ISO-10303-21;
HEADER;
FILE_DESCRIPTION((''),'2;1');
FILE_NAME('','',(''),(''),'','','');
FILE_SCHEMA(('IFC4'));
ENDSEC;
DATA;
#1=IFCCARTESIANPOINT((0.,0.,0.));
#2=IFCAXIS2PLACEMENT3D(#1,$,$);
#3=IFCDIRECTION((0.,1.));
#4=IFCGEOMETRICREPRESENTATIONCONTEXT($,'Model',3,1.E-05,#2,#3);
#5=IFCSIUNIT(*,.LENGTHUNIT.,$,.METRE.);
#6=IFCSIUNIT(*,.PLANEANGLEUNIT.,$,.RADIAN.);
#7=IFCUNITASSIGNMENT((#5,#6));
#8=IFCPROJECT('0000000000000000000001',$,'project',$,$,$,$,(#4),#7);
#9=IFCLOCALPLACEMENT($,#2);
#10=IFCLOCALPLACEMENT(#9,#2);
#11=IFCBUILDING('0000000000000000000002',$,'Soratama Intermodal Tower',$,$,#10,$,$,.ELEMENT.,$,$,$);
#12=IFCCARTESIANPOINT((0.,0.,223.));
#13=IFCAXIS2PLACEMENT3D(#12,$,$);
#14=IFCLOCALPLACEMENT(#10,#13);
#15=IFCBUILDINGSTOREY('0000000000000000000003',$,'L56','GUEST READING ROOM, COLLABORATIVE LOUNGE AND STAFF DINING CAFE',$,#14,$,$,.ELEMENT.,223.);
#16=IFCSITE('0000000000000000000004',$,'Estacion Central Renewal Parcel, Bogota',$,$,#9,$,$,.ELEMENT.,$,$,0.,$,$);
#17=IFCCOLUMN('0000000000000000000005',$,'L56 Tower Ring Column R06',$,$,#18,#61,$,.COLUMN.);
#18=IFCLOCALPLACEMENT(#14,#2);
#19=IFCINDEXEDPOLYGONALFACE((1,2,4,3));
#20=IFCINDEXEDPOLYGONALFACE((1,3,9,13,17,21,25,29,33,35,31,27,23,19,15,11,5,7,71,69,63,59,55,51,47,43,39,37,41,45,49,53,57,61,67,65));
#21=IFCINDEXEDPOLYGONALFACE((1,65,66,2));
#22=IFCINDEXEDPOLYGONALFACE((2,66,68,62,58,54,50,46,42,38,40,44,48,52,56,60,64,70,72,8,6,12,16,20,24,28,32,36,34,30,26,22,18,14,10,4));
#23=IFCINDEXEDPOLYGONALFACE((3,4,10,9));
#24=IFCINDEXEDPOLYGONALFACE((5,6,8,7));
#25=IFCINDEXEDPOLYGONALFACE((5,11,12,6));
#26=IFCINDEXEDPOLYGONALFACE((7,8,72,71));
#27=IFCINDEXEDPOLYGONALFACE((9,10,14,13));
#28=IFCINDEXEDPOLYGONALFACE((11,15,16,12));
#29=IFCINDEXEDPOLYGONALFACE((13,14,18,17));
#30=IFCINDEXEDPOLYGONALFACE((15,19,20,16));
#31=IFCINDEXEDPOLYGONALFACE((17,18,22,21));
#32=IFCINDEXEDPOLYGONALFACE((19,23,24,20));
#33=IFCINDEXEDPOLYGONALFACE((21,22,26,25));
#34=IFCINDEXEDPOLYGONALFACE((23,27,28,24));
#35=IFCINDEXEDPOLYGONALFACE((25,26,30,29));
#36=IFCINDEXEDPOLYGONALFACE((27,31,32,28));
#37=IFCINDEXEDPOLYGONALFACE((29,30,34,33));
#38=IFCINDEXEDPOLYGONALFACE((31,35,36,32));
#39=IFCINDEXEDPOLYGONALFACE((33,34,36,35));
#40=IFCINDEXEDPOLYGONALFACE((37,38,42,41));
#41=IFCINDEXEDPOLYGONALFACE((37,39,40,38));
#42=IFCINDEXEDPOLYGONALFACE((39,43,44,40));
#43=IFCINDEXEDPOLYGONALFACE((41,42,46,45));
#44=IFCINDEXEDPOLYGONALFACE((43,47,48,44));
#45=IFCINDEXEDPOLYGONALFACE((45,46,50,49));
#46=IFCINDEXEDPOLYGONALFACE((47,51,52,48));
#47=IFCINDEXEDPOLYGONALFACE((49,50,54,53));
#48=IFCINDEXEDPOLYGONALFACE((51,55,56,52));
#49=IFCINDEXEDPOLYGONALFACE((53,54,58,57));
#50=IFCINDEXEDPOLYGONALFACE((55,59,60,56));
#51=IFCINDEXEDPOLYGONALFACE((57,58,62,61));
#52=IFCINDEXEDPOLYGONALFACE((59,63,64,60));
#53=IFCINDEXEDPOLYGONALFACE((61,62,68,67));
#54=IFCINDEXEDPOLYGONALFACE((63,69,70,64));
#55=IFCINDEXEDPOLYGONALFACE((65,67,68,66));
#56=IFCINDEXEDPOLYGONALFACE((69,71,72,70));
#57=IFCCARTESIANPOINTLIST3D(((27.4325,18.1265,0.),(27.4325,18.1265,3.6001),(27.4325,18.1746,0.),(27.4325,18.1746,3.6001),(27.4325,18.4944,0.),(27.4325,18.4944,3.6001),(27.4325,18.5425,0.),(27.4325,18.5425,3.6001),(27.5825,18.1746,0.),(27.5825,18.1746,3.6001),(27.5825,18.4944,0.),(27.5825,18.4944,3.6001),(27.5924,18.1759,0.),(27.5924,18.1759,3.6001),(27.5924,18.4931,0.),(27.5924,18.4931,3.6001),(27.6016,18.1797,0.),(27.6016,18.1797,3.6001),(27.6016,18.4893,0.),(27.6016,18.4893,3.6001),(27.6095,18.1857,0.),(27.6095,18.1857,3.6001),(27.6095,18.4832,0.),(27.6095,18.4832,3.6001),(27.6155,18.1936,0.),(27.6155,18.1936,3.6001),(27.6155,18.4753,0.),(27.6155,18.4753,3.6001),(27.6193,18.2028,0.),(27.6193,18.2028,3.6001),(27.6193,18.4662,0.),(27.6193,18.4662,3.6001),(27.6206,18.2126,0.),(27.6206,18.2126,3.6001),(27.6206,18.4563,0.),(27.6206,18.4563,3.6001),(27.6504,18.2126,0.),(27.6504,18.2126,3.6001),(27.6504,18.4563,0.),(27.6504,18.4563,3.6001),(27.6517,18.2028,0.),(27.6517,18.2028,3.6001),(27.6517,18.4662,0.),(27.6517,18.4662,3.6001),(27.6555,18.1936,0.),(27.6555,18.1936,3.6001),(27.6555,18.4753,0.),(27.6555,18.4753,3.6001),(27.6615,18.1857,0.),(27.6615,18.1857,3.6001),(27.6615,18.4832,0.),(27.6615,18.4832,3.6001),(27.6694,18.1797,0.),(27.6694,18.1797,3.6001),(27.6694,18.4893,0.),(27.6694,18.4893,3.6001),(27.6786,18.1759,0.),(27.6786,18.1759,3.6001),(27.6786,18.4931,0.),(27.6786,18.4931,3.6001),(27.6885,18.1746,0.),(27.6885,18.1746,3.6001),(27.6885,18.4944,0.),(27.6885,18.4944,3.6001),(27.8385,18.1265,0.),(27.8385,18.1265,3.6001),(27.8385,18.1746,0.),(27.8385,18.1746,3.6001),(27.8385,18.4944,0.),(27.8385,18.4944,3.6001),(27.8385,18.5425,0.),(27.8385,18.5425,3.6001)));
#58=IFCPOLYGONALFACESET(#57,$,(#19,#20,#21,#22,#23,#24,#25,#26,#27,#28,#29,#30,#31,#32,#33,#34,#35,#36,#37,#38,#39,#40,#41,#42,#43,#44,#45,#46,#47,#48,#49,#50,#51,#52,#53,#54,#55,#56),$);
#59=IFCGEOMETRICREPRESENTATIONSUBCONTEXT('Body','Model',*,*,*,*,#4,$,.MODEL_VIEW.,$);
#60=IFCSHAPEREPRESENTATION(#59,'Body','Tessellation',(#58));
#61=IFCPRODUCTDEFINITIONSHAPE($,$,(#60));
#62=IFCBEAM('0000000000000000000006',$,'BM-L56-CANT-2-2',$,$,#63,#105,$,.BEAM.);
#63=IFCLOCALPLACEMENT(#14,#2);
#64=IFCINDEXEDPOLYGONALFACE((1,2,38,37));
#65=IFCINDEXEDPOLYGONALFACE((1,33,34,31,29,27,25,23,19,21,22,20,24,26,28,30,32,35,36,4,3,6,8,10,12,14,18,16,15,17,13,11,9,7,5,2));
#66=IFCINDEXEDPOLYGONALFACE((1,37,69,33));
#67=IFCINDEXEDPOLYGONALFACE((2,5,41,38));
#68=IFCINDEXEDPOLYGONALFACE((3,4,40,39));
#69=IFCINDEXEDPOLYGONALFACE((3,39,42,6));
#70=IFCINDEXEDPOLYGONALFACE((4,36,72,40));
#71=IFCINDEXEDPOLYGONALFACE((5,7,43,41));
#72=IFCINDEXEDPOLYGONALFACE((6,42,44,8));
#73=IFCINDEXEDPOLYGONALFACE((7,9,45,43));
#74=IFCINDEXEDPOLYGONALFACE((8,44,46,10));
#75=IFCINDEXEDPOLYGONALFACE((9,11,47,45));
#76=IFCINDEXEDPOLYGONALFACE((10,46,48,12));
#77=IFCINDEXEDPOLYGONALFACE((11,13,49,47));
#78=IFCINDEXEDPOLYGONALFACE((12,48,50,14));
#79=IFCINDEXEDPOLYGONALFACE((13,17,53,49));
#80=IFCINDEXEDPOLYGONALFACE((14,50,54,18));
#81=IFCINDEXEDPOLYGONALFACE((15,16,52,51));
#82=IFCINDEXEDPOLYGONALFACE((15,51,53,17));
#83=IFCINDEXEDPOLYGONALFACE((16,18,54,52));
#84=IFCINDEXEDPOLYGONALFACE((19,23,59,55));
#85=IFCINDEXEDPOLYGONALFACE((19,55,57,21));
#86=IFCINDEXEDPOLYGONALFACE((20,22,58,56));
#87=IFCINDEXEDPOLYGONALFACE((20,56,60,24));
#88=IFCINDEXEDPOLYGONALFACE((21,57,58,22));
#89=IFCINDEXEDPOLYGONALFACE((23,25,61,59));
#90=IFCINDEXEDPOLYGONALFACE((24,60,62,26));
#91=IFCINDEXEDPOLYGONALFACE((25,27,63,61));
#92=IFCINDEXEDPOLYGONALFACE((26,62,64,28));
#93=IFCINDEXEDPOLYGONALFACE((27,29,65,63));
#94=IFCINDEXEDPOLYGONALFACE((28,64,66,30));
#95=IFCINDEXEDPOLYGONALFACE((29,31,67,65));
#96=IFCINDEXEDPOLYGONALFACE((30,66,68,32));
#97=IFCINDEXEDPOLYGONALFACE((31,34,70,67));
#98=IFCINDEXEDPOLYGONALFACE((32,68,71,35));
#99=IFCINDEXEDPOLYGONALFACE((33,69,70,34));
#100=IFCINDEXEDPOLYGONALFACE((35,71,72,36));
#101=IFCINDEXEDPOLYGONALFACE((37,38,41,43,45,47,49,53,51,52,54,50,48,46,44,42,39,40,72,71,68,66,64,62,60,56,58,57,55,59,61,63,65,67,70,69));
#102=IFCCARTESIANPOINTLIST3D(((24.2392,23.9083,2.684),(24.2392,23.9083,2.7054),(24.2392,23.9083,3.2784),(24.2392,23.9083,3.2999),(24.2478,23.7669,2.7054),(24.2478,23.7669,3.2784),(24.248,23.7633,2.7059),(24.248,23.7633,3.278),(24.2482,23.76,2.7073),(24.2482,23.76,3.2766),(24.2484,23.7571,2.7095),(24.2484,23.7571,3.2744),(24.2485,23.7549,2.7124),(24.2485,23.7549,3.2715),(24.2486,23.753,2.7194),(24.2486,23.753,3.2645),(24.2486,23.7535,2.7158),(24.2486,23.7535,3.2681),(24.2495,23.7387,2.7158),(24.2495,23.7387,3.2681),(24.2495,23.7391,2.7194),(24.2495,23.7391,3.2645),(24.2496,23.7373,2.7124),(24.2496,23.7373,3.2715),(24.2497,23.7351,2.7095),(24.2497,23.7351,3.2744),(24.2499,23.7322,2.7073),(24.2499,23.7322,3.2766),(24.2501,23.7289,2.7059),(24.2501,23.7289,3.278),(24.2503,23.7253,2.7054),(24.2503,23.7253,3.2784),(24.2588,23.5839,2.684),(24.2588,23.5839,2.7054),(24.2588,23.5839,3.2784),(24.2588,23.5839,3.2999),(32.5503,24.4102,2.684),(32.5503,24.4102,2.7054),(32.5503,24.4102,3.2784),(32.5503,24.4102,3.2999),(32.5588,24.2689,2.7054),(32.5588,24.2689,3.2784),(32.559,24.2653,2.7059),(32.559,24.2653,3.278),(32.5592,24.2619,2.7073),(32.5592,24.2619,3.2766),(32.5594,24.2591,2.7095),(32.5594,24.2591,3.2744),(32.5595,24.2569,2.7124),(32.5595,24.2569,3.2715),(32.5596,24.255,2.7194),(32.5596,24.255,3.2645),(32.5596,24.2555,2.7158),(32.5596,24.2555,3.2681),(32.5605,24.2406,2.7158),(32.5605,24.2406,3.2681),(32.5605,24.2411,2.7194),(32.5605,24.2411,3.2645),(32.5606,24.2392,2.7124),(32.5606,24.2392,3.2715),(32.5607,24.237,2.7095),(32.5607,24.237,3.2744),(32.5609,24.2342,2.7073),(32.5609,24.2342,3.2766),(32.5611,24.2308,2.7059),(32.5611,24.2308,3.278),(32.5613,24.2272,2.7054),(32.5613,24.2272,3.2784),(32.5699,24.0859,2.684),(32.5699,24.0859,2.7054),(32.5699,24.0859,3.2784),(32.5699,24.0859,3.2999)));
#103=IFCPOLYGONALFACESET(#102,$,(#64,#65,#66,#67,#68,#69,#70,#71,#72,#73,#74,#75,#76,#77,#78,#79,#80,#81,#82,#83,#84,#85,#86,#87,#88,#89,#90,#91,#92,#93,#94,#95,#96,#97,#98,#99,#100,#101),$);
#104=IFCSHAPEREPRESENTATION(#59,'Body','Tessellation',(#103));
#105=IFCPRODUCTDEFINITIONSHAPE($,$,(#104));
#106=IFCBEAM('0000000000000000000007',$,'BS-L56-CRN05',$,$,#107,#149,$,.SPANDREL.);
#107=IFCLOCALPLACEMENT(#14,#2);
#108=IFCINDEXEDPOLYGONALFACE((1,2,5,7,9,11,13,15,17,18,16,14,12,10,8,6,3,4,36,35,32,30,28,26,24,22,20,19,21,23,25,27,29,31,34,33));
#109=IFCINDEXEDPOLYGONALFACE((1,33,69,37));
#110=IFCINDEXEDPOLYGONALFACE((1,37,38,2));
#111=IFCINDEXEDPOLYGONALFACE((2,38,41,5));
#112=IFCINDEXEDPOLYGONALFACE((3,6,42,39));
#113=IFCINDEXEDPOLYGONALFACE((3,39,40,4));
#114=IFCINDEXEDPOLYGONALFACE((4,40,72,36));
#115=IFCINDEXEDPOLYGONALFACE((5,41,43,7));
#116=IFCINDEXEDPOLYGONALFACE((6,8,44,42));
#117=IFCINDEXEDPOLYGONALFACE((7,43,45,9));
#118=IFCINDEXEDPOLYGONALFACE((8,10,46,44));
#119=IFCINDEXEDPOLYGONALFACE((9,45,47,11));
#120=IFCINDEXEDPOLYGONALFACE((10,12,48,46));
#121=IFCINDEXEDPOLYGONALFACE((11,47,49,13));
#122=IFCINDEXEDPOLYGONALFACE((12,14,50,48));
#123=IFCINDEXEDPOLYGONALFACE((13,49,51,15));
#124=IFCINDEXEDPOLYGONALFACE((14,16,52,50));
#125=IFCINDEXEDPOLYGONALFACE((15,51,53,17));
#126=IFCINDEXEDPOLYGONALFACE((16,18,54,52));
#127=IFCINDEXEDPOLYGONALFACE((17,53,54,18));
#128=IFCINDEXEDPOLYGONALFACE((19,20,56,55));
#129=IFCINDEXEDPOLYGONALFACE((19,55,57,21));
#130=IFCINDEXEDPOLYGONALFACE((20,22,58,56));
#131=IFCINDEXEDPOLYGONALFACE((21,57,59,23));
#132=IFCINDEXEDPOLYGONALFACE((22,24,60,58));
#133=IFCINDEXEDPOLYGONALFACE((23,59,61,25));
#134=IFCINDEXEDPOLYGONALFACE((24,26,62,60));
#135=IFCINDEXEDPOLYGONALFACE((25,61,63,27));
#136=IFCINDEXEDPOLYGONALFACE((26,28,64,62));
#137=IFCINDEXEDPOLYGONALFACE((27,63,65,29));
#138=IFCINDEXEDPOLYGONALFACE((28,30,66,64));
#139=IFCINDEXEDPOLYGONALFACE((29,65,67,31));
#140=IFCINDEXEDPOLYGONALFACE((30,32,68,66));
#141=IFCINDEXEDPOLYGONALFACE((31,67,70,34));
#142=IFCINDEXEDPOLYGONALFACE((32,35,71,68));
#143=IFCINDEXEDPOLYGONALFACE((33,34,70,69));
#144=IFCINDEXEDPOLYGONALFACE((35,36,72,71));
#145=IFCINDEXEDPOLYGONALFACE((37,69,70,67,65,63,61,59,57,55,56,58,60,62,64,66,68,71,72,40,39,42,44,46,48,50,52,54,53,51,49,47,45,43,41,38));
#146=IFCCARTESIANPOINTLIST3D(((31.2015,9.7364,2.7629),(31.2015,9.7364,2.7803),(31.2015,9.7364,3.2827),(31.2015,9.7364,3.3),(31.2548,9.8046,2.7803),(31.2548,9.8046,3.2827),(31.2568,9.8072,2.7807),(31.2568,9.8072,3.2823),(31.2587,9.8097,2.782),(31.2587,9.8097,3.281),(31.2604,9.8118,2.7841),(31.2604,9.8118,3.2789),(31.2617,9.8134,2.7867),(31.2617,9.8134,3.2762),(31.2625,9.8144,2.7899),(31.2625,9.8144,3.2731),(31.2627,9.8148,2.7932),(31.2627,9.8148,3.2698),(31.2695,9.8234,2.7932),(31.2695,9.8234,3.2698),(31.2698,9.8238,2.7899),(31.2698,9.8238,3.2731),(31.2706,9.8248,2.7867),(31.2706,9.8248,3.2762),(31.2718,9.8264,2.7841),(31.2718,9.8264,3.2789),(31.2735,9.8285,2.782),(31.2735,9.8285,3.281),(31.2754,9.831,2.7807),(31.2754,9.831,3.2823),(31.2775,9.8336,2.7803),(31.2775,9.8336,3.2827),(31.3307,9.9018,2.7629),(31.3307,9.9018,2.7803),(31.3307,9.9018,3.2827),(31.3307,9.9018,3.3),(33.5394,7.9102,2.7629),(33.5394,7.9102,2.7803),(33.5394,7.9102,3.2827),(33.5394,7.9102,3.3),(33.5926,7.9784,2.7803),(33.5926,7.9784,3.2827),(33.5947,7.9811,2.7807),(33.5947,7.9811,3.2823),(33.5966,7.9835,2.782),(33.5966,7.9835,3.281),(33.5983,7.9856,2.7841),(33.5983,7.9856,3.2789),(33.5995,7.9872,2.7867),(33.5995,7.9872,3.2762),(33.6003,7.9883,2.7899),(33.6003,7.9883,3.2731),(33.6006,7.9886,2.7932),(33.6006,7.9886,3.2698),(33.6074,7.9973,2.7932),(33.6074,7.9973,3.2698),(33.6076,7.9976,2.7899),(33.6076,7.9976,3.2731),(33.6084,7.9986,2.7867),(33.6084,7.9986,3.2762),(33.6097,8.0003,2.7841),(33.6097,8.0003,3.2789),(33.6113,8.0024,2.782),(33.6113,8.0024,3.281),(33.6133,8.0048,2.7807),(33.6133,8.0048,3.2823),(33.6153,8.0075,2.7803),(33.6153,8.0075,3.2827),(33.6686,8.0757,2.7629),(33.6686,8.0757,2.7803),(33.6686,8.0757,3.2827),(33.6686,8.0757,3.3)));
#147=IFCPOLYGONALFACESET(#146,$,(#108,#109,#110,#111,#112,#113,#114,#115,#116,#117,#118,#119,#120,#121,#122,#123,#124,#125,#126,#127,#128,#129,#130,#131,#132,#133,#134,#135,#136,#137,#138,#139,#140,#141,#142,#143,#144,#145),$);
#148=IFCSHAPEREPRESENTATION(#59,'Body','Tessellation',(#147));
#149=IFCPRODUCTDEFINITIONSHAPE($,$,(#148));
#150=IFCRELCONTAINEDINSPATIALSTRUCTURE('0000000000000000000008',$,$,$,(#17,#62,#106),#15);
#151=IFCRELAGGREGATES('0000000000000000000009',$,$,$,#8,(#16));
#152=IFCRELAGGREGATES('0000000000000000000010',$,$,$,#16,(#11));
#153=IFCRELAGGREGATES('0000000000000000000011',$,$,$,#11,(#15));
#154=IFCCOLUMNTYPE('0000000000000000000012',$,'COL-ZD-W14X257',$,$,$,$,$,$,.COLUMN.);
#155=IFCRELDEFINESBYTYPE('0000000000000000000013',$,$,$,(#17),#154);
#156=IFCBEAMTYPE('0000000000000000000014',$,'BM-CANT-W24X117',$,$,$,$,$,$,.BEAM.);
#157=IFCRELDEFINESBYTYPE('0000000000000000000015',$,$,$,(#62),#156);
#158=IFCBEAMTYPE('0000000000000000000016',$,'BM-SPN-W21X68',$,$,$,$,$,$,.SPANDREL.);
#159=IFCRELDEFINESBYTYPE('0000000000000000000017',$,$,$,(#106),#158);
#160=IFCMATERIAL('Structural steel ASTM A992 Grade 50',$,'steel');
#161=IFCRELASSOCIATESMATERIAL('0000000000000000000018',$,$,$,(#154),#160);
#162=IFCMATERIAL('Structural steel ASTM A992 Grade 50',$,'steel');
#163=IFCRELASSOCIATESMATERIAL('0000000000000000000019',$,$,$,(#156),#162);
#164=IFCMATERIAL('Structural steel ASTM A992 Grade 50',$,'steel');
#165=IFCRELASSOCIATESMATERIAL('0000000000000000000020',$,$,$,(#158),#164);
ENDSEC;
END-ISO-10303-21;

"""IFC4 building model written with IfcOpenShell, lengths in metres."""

from ifc_helpers import new_model, si_unit, direction, frame, origin, origin_2d, place, context, subcontext, project, spatial, i_section, extrude, material, material_profile, profile_set, type_object, element, save


model = new_model("IFC4")

# Units and contexts
model_context = context("Model", 3, precision=1e-05, world=origin(), true_north=direction((0.0, 1.0)))
body_context = subcontext(model_context, "Body", "Model", "MODEL_VIEW")
ifc_project = project(units=[si_unit("LENGTHUNIT", "METRE"), si_unit("PLANEANGLEUNIT", "RADIAN")], contexts=[model_context])

# Site, building, storey
site_placement = place(None, origin())
site = spatial("IfcSite", under=ifc_project, at=site_placement, Name="Estacion Central Renewal Parcel, Bogota", CompositionType="ELEMENT", RefElevation=0.0)
building_placement = place(site_placement, origin())
building = spatial("IfcBuilding", under=site, at=building_placement, Name="Soratama Intermodal Tower", CompositionType="ELEMENT")
storey_placement = place(building_placement, frame((0.0, 0.0, 223.0)))
storey = spatial("IfcBuildingStorey", under=building, at=storey_placement, Name="L56", Description="GUEST READING ROOM, COLLABORATIVE LOUNGE AND STAFF DINING CAFE", CompositionType="ELEMENT", Elevation=223.0)

# Column
ifc_material_1 = material(Name="Structural steel ASTM A992 Grade 50", Category="steel")
ifc_material_profile_1 = material_profile(ifc_material_1, i_section(OverallWidth=0.406, OverallDepth=0.416, WebThickness=0.0298, FlangeThickness=0.0481, FilletRadius=0.0381, at=origin_2d()), Name="W14X257")
ifc_profile_set_1 = profile_set([ifc_material_profile_1], Name="Structural steel ASTM A992 Grade 50")
column_type = type_object("IfcColumnType", Name="COL-ZD-W14X257", PredefinedType="COLUMN", material=ifc_profile_set_1)
column_placement = place(storey_placement, frame((27.6355, 18.3345, 0.0), z_axis=(0.0, 0.0, 1.0), x_axis=(1.0, 0.0, 0.0)))
element("IfcColumn", 1, at=column_placement, inside=storey, type_object=column_type, Name="L56 Tower Ring Column R06", PredefinedType="COLUMN", context=body_context, shape_type="SweptSolid", body=[
    extrude(i_section(OverallWidth=0.406, OverallDepth=0.416, WebThickness=0.0298, FlangeThickness=0.0481, FilletRadius=0.0381, at=origin_2d()), origin(), (0.0, 0.0, 1.0), 3.6001),
])

# Beams
ifc_material_2 = material(Name="Structural steel ASTM A992 Grade 50", Category="steel")
ifc_material_profile_2 = material_profile(ifc_material_2, i_section(OverallWidth=0.325, OverallDepth=0.616, WebThickness=0.0139, FlangeThickness=0.0215, FilletRadius=0.0139, at=origin_2d()), Name="W24X117")
ifc_profile_set_2 = profile_set([ifc_material_profile_2], Name="Structural steel ASTM A992 Grade 50")
beam_type_1 = type_object("IfcBeamType", Name="BM-CANT-W24X117", PredefinedType="BEAM", material=ifc_profile_set_2)
beam_1_placement = place(storey_placement, frame((32.5601, 24.248, 2.9919), z_axis=(-0.998181, -0.060286, 0.0), x_axis=(0.060286, -0.998181, 0.0)))
element("IfcBeam", 2, at=beam_1_placement, inside=storey, type_object=beam_type_1, Name="BM-L56-CANT-2-2", PredefinedType="BEAM", context=body_context, shape_type="SweptSolid", body=[
    extrude(i_section(OverallWidth=0.325, OverallDepth=0.616, WebThickness=0.0139, FlangeThickness=0.0215, FilletRadius=0.0139, at=origin_2d()), origin(), (0.0, 0.0, 1.0), 8.3262),
])
ifc_material_3 = material(Name="Structural steel ASTM A992 Grade 50", Category="steel")
ifc_material_profile_3 = material_profile(ifc_material_3, i_section(OverallWidth=0.21, OverallDepth=0.5371, WebThickness=0.011, FlangeThickness=0.0173, FilletRadius=0.0129, at=origin_2d()), Name="W21X68")
ifc_profile_set_3 = profile_set([ifc_material_profile_3], Name="Structural steel ASTM A992 Grade 50")
beam_type_2 = type_object("IfcBeamType", Name="BM-SPN-W21X68", PredefinedType="SPANDREL", material=ifc_profile_set_3)
beam_2_placement = place(storey_placement, frame((31.2661, 9.8191, 3.0315), z_axis=(0.788074, -0.61558, 0.0), x_axis=(0.61558, 0.788074, 0.0)))
element("IfcBeam", 3, at=beam_2_placement, inside=storey, type_object=beam_type_2, Name="BS-L56-CRN05", PredefinedType="SPANDREL", context=body_context, shape_type="SweptSolid", body=[
    extrude(i_section(OverallWidth=0.21, OverallDepth=0.5371, WebThickness=0.011, FlangeThickness=0.0173, FilletRadius=0.0129, at=origin_2d()), origin(), (0.0, 0.0, 1.0), 2.9666),
])

save(model, "model.ifc")
